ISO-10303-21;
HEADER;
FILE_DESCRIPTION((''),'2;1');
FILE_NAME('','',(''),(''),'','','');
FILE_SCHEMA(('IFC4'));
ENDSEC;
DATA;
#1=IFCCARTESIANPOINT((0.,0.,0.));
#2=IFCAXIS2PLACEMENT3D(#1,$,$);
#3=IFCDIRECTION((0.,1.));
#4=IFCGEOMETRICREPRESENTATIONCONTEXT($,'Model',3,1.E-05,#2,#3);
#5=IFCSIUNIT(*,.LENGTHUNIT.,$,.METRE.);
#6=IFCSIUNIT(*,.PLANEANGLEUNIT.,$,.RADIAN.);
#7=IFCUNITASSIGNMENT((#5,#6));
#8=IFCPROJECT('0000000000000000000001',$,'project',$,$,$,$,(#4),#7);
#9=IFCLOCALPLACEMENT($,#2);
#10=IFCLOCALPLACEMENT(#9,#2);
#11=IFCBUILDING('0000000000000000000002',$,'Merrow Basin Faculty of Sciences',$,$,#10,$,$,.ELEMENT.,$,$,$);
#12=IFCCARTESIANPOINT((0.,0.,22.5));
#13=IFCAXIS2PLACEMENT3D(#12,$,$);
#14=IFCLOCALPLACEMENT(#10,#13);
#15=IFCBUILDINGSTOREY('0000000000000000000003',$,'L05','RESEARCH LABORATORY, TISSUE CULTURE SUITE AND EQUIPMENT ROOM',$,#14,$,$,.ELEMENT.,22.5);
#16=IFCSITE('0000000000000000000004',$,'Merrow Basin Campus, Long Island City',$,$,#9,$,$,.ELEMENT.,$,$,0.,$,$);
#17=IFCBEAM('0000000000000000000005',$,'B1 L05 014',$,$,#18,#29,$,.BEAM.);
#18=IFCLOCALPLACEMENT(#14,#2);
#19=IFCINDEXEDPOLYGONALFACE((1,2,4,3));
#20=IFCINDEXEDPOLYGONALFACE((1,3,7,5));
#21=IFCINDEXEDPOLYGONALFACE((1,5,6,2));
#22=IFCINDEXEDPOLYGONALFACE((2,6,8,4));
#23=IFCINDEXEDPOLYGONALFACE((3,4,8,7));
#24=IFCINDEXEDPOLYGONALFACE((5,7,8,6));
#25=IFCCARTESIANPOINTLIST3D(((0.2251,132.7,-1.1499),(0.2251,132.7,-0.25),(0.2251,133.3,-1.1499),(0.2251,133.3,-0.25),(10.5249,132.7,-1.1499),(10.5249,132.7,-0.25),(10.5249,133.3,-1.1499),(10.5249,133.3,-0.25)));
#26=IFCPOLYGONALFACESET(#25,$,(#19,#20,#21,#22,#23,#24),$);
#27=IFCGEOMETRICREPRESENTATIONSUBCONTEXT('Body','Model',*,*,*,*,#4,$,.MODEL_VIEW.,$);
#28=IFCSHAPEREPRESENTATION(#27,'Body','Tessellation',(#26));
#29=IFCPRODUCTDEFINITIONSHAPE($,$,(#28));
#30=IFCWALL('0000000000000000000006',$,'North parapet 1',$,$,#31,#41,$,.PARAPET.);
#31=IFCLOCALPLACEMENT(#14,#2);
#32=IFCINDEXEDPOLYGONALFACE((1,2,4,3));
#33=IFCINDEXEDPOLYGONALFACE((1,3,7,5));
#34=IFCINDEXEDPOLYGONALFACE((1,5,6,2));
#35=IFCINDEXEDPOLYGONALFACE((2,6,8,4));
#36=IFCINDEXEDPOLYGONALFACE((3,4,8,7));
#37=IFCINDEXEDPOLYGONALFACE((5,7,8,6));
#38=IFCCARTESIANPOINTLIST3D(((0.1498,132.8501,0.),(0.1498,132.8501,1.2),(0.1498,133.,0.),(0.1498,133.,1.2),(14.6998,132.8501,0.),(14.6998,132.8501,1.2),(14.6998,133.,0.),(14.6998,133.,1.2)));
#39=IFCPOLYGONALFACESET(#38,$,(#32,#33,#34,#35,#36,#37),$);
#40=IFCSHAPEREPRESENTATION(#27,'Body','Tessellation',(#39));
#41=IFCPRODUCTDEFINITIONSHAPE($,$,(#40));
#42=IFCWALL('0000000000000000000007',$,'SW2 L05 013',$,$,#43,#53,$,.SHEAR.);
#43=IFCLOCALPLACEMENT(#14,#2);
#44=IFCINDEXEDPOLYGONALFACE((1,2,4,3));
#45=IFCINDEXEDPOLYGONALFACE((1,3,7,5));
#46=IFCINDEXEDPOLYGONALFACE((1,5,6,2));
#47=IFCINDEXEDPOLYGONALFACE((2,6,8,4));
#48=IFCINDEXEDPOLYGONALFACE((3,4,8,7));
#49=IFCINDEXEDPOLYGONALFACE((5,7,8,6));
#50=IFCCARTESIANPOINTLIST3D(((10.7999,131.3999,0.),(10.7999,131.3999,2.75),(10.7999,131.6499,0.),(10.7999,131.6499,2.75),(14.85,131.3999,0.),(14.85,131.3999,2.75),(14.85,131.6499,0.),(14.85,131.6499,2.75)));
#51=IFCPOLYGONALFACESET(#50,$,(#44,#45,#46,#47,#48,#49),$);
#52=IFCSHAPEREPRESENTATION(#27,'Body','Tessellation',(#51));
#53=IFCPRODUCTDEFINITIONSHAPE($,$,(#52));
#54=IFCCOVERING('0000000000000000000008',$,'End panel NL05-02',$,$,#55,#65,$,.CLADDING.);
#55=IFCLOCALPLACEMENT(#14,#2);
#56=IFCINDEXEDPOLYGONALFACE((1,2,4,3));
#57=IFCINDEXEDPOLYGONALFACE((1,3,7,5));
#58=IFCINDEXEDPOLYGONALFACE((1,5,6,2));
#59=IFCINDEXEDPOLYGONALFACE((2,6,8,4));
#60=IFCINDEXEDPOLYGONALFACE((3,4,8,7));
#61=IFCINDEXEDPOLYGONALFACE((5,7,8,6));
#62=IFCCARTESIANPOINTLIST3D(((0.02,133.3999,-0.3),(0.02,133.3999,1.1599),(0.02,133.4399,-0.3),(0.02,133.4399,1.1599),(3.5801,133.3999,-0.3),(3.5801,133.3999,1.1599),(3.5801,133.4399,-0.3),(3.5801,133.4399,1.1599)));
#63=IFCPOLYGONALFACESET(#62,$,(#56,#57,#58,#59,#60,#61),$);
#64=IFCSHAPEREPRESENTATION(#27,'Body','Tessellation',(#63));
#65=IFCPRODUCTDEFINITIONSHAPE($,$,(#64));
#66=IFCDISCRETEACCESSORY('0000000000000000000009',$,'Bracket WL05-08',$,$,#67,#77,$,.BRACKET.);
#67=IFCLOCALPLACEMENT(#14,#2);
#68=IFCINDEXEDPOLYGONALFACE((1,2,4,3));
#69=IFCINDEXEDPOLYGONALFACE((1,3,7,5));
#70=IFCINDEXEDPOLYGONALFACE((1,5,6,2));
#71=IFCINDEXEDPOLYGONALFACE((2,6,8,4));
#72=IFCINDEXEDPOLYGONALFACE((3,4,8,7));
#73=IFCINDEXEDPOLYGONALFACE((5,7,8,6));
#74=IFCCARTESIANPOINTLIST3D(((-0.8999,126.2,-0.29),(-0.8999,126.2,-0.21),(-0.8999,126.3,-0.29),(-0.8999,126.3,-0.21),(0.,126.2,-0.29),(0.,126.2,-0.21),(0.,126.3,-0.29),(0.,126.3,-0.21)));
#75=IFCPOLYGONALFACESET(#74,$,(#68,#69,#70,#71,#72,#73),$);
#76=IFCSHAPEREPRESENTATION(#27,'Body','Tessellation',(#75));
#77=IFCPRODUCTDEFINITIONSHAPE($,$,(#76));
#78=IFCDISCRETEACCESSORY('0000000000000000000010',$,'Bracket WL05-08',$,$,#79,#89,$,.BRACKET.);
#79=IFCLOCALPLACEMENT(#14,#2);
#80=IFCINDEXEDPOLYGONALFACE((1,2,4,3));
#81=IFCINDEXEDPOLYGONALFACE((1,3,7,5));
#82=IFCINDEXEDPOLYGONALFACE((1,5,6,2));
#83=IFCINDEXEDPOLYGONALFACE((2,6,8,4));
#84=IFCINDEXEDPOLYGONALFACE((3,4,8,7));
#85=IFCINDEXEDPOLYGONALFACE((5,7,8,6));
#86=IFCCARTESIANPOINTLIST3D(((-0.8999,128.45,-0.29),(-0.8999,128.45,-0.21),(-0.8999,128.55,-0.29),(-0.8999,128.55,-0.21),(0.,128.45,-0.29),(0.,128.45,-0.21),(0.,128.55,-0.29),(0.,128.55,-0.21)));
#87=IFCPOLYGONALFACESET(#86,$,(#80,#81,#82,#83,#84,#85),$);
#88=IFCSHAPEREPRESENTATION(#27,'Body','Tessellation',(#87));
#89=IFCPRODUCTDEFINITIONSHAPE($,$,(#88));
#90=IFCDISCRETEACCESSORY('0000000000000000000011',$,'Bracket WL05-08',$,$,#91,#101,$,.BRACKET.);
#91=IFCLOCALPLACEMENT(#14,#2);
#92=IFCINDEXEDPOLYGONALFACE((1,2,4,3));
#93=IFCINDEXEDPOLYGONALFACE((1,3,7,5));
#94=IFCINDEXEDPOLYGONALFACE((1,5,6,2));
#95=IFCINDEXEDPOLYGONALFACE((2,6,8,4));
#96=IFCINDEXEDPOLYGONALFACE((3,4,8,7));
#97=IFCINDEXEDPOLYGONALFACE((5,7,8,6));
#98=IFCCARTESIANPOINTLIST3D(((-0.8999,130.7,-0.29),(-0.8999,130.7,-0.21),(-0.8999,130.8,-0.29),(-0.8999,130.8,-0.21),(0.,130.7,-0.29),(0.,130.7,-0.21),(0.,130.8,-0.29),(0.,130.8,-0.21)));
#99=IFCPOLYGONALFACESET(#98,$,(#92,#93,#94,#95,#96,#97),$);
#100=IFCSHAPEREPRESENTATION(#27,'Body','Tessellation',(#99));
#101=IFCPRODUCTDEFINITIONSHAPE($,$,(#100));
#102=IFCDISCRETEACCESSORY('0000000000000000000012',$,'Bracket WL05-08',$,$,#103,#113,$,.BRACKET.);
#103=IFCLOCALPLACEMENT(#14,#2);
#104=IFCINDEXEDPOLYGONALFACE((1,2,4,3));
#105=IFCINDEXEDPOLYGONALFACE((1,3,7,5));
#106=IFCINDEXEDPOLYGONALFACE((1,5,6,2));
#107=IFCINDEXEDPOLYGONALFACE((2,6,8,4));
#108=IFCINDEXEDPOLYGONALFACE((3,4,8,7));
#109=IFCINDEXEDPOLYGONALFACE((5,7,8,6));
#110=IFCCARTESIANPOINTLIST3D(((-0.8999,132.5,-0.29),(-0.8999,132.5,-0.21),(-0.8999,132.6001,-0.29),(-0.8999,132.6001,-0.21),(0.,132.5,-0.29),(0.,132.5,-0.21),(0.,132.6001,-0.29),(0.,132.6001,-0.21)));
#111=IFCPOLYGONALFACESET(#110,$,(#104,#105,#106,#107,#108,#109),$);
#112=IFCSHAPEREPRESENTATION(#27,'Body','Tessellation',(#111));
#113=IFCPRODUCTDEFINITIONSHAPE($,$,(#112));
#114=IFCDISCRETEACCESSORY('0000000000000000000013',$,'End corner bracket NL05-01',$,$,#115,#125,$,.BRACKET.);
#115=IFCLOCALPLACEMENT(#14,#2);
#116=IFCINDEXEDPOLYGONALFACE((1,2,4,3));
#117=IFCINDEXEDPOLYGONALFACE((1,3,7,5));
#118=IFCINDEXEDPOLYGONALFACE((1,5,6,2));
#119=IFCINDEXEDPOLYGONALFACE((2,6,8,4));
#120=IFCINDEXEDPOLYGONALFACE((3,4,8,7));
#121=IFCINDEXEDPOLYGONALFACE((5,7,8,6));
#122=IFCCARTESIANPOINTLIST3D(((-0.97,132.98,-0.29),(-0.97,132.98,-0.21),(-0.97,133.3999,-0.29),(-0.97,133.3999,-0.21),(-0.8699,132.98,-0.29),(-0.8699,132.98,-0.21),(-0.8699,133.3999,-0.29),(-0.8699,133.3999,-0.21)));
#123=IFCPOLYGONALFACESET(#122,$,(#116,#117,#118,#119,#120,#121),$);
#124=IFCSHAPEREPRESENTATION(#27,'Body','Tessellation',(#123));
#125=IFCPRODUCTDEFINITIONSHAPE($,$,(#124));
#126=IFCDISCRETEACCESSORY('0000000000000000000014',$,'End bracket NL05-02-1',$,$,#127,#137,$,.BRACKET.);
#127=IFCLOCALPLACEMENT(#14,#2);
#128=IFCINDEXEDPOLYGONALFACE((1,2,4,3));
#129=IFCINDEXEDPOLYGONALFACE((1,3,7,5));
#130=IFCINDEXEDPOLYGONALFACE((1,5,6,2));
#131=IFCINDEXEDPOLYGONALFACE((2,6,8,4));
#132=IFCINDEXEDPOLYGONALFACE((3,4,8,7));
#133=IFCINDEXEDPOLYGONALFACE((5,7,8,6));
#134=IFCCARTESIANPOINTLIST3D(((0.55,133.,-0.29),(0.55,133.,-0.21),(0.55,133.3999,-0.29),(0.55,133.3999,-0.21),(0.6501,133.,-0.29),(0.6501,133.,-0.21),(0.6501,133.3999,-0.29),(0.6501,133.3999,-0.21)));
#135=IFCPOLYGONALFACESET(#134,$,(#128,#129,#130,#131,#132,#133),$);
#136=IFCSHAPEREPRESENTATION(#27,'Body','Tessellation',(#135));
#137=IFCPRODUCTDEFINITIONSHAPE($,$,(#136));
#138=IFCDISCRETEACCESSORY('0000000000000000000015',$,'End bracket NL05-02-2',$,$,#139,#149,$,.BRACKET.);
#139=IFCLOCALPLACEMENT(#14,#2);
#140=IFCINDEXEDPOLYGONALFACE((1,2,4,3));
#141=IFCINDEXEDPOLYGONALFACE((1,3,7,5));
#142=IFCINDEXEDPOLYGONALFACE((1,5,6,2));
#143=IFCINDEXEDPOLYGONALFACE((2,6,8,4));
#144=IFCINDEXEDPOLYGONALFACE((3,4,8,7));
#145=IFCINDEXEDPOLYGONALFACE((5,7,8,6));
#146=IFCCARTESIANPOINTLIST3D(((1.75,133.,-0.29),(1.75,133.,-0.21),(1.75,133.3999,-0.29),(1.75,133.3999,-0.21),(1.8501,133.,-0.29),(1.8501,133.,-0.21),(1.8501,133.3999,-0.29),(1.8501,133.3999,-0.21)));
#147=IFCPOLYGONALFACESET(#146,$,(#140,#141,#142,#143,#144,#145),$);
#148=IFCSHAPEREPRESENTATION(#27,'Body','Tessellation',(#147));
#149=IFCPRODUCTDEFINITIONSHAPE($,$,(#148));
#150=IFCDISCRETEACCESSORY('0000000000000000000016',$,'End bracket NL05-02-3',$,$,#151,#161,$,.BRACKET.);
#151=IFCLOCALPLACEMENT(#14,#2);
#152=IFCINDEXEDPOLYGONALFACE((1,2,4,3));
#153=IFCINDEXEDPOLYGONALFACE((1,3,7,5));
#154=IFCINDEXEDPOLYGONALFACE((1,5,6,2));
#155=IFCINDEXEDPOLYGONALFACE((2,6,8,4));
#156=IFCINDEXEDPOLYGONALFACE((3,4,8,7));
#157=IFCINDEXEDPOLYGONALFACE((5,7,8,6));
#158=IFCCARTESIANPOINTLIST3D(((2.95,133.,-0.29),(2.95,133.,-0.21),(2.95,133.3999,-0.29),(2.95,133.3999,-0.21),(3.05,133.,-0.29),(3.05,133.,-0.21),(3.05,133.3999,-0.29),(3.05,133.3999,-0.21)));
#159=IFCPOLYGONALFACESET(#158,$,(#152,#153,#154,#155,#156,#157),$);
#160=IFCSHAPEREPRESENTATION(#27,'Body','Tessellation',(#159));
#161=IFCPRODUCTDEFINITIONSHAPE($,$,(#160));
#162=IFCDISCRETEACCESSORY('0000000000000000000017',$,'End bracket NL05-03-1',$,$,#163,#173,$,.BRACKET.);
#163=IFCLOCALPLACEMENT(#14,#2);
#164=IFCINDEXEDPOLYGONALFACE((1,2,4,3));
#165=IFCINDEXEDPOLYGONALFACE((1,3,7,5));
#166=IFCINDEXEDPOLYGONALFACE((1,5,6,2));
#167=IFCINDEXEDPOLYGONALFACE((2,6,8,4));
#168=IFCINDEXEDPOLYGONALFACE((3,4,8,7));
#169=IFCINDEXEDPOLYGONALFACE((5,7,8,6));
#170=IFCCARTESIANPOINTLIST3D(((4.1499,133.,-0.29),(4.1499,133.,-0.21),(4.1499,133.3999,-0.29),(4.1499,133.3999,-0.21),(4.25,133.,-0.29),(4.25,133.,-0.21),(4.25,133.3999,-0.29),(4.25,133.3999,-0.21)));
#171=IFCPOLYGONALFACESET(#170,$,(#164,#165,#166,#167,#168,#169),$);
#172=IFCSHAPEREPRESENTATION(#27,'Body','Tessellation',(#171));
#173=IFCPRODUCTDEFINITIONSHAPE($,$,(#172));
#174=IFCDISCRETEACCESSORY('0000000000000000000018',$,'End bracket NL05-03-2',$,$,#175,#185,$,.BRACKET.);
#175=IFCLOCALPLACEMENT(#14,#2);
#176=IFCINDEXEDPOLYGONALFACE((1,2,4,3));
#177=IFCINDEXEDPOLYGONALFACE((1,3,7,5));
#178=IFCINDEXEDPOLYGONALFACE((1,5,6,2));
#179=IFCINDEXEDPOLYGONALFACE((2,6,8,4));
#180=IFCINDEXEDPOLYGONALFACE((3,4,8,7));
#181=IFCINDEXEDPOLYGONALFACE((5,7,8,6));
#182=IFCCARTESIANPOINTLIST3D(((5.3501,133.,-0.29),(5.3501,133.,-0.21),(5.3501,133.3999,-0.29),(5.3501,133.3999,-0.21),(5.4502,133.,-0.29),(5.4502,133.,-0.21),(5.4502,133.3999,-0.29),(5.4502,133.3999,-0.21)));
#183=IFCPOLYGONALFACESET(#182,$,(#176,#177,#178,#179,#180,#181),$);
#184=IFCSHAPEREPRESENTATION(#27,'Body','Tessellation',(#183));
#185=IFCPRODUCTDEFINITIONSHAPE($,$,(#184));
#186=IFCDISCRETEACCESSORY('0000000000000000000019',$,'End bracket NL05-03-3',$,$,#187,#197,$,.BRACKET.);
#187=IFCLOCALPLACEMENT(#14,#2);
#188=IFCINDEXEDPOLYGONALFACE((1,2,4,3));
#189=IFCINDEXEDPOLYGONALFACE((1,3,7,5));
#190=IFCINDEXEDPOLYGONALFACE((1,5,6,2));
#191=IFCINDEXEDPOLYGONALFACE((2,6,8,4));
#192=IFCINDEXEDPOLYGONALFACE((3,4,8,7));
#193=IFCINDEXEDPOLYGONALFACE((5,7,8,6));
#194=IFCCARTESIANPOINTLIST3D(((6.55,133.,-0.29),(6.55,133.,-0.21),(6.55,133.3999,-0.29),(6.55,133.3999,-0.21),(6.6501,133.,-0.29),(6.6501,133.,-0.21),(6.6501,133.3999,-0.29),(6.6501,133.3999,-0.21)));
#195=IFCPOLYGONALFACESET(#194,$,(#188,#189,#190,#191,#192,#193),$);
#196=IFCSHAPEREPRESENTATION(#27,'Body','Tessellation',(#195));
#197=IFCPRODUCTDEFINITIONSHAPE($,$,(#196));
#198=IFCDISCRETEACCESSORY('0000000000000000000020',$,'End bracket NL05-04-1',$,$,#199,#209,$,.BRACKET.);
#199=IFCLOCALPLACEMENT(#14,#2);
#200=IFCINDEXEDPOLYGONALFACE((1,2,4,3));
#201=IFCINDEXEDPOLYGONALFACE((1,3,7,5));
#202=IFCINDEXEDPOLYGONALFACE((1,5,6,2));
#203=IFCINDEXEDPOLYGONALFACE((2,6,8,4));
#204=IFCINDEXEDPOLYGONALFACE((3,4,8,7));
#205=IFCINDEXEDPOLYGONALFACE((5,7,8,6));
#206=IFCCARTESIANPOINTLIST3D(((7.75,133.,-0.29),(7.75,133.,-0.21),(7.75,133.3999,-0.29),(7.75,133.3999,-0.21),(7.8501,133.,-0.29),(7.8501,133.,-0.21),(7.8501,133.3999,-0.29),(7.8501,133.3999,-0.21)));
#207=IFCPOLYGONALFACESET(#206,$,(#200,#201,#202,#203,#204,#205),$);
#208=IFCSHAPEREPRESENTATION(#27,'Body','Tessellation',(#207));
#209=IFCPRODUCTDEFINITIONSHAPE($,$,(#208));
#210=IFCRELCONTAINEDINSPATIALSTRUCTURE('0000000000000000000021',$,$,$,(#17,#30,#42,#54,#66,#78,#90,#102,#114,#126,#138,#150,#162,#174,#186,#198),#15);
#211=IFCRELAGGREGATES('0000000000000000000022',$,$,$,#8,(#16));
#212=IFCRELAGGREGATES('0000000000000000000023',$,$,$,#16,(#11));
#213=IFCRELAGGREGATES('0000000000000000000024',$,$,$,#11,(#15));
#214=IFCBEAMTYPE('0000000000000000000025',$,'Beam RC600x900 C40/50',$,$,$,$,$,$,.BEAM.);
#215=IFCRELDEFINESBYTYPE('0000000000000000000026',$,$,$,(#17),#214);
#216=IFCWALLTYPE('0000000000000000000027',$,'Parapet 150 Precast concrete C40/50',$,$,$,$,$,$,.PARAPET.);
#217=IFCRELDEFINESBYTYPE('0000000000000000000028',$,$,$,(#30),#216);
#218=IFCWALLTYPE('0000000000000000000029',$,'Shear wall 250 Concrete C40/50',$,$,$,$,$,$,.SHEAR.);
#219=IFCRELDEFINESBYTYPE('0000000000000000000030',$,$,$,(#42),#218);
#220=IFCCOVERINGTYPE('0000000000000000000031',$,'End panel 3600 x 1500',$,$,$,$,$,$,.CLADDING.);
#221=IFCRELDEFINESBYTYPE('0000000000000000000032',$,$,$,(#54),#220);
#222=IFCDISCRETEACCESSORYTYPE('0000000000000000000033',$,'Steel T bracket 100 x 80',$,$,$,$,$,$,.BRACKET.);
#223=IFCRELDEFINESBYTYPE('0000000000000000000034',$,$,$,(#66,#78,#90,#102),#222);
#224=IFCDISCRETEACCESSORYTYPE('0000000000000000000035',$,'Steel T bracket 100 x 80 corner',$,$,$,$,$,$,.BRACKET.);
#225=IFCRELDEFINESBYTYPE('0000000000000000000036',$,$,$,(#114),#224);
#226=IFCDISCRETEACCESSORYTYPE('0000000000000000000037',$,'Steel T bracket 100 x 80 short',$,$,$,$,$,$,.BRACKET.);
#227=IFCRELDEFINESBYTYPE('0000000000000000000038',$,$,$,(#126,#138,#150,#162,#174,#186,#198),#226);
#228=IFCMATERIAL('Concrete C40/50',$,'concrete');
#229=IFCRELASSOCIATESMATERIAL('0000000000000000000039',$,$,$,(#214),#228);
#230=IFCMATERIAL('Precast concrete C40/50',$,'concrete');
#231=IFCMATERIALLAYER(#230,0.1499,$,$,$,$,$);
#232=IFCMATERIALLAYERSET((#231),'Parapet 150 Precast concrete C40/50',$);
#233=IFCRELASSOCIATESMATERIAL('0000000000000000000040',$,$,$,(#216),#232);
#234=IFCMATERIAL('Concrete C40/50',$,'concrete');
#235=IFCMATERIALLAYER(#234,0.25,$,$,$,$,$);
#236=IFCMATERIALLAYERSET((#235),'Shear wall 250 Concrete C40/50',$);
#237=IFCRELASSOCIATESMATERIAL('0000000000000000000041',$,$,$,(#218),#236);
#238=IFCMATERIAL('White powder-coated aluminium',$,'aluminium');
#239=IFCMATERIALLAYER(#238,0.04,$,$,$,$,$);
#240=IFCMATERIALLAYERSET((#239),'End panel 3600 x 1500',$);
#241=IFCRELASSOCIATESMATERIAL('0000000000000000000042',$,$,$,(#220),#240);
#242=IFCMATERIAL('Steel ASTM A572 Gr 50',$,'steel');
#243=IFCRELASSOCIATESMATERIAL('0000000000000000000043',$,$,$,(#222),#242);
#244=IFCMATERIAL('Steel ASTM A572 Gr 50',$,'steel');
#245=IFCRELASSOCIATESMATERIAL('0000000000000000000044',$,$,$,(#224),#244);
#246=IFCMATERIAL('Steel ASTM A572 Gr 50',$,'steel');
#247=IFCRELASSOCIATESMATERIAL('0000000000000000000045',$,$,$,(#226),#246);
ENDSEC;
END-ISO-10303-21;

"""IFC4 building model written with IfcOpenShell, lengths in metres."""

from ifc_helpers import new_model, si_unit, direction, frame, frame_2d, origin, origin_2d, place, context, subcontext, project, spatial, polyline, rectangle, outline, extrude, source, transform, mapped, material, layer, layer_set, material_profile, profile_set, type_object, element, save


model = new_model("IFC4")

# Units and contexts
model_context = context("Model", 3, precision=1e-05, world=origin(), true_north=direction((0.0, 1.0)))
body_context = subcontext(model_context, "Body", "Model", "MODEL_VIEW")
ifc_project = project(units=[si_unit("LENGTHUNIT", "METRE"), si_unit("PLANEANGLEUNIT", "RADIAN")], contexts=[model_context])

# Site, building, storey
site_placement = place(None, origin())
site = spatial("IfcSite", under=ifc_project, at=site_placement, Name="Merrow Basin Campus, Long Island City", CompositionType="ELEMENT", RefElevation=0.0)
building_placement = place(site_placement, origin())
building = spatial("IfcBuilding", under=site, at=building_placement, Name="Merrow Basin Faculty of Sciences", CompositionType="ELEMENT")
storey_placement = place(building_placement, frame((0.0, 0.0, 22.5)))
storey = spatial("IfcBuildingStorey", under=building, at=storey_placement, Name="L05", Description="RESEARCH LABORATORY, TISSUE CULTURE SUITE AND EQUIPMENT ROOM", CompositionType="ELEMENT", Elevation=22.5)

# Beam
ifc_material_1 = material(Name="Concrete C40/50", Category="concrete")
ifc_material_profile = material_profile(ifc_material_1, rectangle(XDim=0.6001, YDim=0.8999, at=origin_2d()))
ifc_profile_set = profile_set([ifc_material_profile], Name="Concrete C40/50")
beam_type = type_object("IfcBeamType", Name="Beam RC600x900 C40/50", PredefinedType="BEAM", material=ifc_profile_set)
beam_placement = place(storey_placement, frame((0.2251, 133.0, -0.7), z_axis=(1.0, 0.0, 0.0), x_axis=(0.0, 1.0, 0.0)))
element("IfcBeam", 1, at=beam_placement, inside=storey, type_object=beam_type, Name="B1 L05 014", PredefinedType="BEAM", context=body_context, shape_type="SweptSolid", body=[
    extrude(rectangle(XDim=0.6001, YDim=0.8999, at=origin_2d()), origin(), (0.0, 0.0, 1.0), 10.2998),
])

# Walls
ifc_material_2 = material(Name="Precast concrete C40/50", Category="concrete")
ifc_layer_1 = layer(ifc_material_2, 0.1499)
ifc_layer_set_1 = layer_set([ifc_layer_1], Name="Parapet 150 Precast concrete C40/50")
wall_type_1 = type_object("IfcWallType", Name="Parapet 150 Precast concrete C40/50", PredefinedType="PARAPET", material=ifc_layer_set_1)
wall_1_placement = place(storey_placement, frame((0.1499, 132.925, 0.0), z_axis=(0.0, 0.0, 1.0), x_axis=(1.0, 0.0, 0.0)))
element("IfcWall", 2, at=wall_1_placement, inside=storey, type_object=wall_type_1, Name="North parapet 1", PredefinedType="PARAPET", context=body_context, shape_type="SweptSolid", body=[
    extrude(rectangle(XDim=14.55, YDim=0.1499, at=frame_2d((7.2749, 0.0))), origin(), (0.0, 0.0, 1.0), 1.2),
])
ifc_material_3 = material(Name="Concrete C40/50", Category="concrete")
ifc_layer_2 = layer(ifc_material_3, 0.25)
ifc_layer_set_2 = layer_set([ifc_layer_2], Name="Shear wall 250 Concrete C40/50")
wall_type_2 = type_object("IfcWallType", Name="Shear wall 250 Concrete C40/50", PredefinedType="SHEAR", material=ifc_layer_set_2)
wall_2_placement = place(storey_placement, frame((10.8, 131.5249, 0.0), z_axis=(0.0, 0.0, 1.0), x_axis=(1.0, 0.0, 0.0)))
element("IfcWall", 3, at=wall_2_placement, inside=storey, type_object=wall_type_2, Name="SW2 L05 013", PredefinedType="SHEAR", context=body_context, shape_type="SweptSolid", body=[
    extrude(rectangle(XDim=4.05, YDim=0.25, at=frame_2d((2.0249, 0.0))), origin(), (0.0, 0.0, 1.0), 2.75),
])

# Covering
ifc_material_4 = material(Name="White powder-coated aluminium", Category="aluminium")
ifc_layer_3 = layer(ifc_material_4, 0.04)
ifc_layer_set_3 = layer_set([ifc_layer_3], Name="End panel 3600 x 1500")
covering_type_1 = type_object("IfcCoveringType", Name="End panel 3600 x 1500", PredefinedType="CLADDING", material=ifc_layer_set_3)
shared_shape_1 = source(origin(), body_context, "Body", "SweptSolid", [
    extrude(outline(polyline([(0.02, 0.02), (3.5801, 0.02), (3.5801, 1.48), (0.02, 1.48), (0.02, 0.02)])), origin(), (0.0, 0.0, 1.0), 0.04),
])
covering_1_placement = place(storey_placement, frame((0.0, 133.4399, -0.3201), z_axis=(0.0, -1.0, 0.0), x_axis=(1.0, 0.0, 0.0)))
element("IfcCovering", 4, at=covering_1_placement, inside=storey, type_object=covering_type_1, Name="End panel NL05-02", PredefinedType="CLADDING", context=body_context, shape_type="MappedRepresentation", body=[
    mapped(shared_shape_1, transform((0.0, 0.0, 0.0), scale=1.0)),
])

# Discrete accessories
ifc_material_5 = material(Name="Steel ASTM A572 Gr 50", Category="steel")
discrete_accessory_type_1 = type_object("IfcDiscreteAccessoryType", Name="Steel T bracket 100 x 80", PredefinedType="BRACKET", material=ifc_material_5)
shared_shape_2 = source(origin(), body_context, "Body", "SweptSolid", [
    extrude(outline(polyline([(0.0, 0.0), (0.1001, 0.0), (0.1001, 0.0801), (0.0, 0.0801), (0.0, 0.0)])), origin(), (0.0, 0.0, 1.0), 0.8999),
])
for number, where, z_axis, x_axis, name in (
    (5, (-0.8999, 126.2, -0.29), (1.0, 0.0, 0.0), (0.0, 1.0, 0.0), "Bracket WL05-08"),
    (6, (-0.8999, 128.45, -0.29), (1.0, 0.0, 0.0), (0.0, 1.0, 0.0), "Bracket WL05-08"),
    (7, (-0.8999, 130.7, -0.29), (1.0, 0.0, 0.0), (0.0, 1.0, 0.0), "Bracket WL05-08"),
    (8, (-0.8999, 132.5, -0.29), (1.0, 0.0, 0.0), (0.0, 1.0, 0.0), "Bracket WL05-08"),
):
    element("IfcDiscreteAccessory", number, at=place(storey_placement, frame(where, z_axis=z_axis, x_axis=x_axis)), inside=storey, type_object=discrete_accessory_type_1, Name=name, PredefinedType="BRACKET", context=body_context, shape_type="MappedRepresentation", body=[
        mapped(shared_shape_2, transform((0.0, 0.0, 0.0), scale=1.0)),
    ])
ifc_material_6 = material(Name="Steel ASTM A572 Gr 50", Category="steel")
discrete_accessory_type_2 = type_object("IfcDiscreteAccessoryType", Name="Steel T bracket 100 x 80 corner", PredefinedType="BRACKET", material=ifc_material_6)
shared_shape_3 = source(origin(), body_context, "Body", "SweptSolid", [
    extrude(outline(polyline([(0.0, 0.0), (0.1001, 0.0), (0.1001, 0.0801), (0.0, 0.0801), (0.0, 0.0)])), origin(), (0.0, 0.0, 1.0), 0.4199),
])
discrete_accessory_placement = place(storey_placement, frame((-0.97, 133.3999, -0.29), z_axis=(0.0, -1.0, 0.0), x_axis=(1.0, 0.0, 0.0)))
element("IfcDiscreteAccessory", 9, at=discrete_accessory_placement, inside=storey, type_object=discrete_accessory_type_2, Name="End corner bracket NL05-01", PredefinedType="BRACKET", context=body_context, shape_type="MappedRepresentation", body=[
    mapped(shared_shape_3, transform((0.0, 0.0, 0.0), scale=1.0)),
])
ifc_material_7 = material(Name="Steel ASTM A572 Gr 50", Category="steel")
discrete_accessory_type_3 = type_object("IfcDiscreteAccessoryType", Name="Steel T bracket 100 x 80 short", PredefinedType="BRACKET", material=ifc_material_7)
shared_shape_4 = source(origin(), body_context, "Body", "SweptSolid", [
    extrude(outline(polyline([(0.0, 0.0), (0.1001, 0.0), (0.1001, 0.0801), (0.0, 0.0801), (0.0, 0.0)])), origin(), (0.0, 0.0, 1.0), 0.3999),
])
for number, where, z_axis, x_axis, name in (
    (10, (0.55, 133.3999, -0.29), (0.0, -1.0, 0.0), (1.0, 0.0, 0.0), "End bracket NL05-02-1"),
    (11, (1.75, 133.3999, -0.29), (0.0, -1.0, 0.0), (1.0, 0.0, 0.0), "End bracket NL05-02-2"),
    (12, (2.95, 133.3999, -0.29), (0.0, -1.0, 0.0), (1.0, 0.0, 0.0), "End bracket NL05-02-3"),
    (13, (4.1499, 133.3999, -0.29), (0.0, -1.0, 0.0), (1.0, 0.0, 0.0), "End bracket NL05-03-1"),
    (14, (5.3501, 133.3999, -0.29), (0.0, -1.0, 0.0), (1.0, 0.0, 0.0), "End bracket NL05-03-2"),
    (15, (6.55, 133.3999, -0.29), (0.0, -1.0, 0.0), (1.0, 0.0, 0.0), "End bracket NL05-03-3"),
    (16, (7.75, 133.3999, -0.29), (0.0, -1.0, 0.0), (1.0, 0.0, 0.0), "End bracket NL05-04-1"),
):
    element("IfcDiscreteAccessory", number, at=place(storey_placement, frame(where, z_axis=z_axis, x_axis=x_axis)), inside=storey, type_object=discrete_accessory_type_3, Name=name, PredefinedType="BRACKET", context=body_context, shape_type="MappedRepresentation", body=[
        mapped(shared_shape_4, transform((0.0, 0.0, 0.0), scale=1.0)),
    ])

save(model, "model.ifc")
